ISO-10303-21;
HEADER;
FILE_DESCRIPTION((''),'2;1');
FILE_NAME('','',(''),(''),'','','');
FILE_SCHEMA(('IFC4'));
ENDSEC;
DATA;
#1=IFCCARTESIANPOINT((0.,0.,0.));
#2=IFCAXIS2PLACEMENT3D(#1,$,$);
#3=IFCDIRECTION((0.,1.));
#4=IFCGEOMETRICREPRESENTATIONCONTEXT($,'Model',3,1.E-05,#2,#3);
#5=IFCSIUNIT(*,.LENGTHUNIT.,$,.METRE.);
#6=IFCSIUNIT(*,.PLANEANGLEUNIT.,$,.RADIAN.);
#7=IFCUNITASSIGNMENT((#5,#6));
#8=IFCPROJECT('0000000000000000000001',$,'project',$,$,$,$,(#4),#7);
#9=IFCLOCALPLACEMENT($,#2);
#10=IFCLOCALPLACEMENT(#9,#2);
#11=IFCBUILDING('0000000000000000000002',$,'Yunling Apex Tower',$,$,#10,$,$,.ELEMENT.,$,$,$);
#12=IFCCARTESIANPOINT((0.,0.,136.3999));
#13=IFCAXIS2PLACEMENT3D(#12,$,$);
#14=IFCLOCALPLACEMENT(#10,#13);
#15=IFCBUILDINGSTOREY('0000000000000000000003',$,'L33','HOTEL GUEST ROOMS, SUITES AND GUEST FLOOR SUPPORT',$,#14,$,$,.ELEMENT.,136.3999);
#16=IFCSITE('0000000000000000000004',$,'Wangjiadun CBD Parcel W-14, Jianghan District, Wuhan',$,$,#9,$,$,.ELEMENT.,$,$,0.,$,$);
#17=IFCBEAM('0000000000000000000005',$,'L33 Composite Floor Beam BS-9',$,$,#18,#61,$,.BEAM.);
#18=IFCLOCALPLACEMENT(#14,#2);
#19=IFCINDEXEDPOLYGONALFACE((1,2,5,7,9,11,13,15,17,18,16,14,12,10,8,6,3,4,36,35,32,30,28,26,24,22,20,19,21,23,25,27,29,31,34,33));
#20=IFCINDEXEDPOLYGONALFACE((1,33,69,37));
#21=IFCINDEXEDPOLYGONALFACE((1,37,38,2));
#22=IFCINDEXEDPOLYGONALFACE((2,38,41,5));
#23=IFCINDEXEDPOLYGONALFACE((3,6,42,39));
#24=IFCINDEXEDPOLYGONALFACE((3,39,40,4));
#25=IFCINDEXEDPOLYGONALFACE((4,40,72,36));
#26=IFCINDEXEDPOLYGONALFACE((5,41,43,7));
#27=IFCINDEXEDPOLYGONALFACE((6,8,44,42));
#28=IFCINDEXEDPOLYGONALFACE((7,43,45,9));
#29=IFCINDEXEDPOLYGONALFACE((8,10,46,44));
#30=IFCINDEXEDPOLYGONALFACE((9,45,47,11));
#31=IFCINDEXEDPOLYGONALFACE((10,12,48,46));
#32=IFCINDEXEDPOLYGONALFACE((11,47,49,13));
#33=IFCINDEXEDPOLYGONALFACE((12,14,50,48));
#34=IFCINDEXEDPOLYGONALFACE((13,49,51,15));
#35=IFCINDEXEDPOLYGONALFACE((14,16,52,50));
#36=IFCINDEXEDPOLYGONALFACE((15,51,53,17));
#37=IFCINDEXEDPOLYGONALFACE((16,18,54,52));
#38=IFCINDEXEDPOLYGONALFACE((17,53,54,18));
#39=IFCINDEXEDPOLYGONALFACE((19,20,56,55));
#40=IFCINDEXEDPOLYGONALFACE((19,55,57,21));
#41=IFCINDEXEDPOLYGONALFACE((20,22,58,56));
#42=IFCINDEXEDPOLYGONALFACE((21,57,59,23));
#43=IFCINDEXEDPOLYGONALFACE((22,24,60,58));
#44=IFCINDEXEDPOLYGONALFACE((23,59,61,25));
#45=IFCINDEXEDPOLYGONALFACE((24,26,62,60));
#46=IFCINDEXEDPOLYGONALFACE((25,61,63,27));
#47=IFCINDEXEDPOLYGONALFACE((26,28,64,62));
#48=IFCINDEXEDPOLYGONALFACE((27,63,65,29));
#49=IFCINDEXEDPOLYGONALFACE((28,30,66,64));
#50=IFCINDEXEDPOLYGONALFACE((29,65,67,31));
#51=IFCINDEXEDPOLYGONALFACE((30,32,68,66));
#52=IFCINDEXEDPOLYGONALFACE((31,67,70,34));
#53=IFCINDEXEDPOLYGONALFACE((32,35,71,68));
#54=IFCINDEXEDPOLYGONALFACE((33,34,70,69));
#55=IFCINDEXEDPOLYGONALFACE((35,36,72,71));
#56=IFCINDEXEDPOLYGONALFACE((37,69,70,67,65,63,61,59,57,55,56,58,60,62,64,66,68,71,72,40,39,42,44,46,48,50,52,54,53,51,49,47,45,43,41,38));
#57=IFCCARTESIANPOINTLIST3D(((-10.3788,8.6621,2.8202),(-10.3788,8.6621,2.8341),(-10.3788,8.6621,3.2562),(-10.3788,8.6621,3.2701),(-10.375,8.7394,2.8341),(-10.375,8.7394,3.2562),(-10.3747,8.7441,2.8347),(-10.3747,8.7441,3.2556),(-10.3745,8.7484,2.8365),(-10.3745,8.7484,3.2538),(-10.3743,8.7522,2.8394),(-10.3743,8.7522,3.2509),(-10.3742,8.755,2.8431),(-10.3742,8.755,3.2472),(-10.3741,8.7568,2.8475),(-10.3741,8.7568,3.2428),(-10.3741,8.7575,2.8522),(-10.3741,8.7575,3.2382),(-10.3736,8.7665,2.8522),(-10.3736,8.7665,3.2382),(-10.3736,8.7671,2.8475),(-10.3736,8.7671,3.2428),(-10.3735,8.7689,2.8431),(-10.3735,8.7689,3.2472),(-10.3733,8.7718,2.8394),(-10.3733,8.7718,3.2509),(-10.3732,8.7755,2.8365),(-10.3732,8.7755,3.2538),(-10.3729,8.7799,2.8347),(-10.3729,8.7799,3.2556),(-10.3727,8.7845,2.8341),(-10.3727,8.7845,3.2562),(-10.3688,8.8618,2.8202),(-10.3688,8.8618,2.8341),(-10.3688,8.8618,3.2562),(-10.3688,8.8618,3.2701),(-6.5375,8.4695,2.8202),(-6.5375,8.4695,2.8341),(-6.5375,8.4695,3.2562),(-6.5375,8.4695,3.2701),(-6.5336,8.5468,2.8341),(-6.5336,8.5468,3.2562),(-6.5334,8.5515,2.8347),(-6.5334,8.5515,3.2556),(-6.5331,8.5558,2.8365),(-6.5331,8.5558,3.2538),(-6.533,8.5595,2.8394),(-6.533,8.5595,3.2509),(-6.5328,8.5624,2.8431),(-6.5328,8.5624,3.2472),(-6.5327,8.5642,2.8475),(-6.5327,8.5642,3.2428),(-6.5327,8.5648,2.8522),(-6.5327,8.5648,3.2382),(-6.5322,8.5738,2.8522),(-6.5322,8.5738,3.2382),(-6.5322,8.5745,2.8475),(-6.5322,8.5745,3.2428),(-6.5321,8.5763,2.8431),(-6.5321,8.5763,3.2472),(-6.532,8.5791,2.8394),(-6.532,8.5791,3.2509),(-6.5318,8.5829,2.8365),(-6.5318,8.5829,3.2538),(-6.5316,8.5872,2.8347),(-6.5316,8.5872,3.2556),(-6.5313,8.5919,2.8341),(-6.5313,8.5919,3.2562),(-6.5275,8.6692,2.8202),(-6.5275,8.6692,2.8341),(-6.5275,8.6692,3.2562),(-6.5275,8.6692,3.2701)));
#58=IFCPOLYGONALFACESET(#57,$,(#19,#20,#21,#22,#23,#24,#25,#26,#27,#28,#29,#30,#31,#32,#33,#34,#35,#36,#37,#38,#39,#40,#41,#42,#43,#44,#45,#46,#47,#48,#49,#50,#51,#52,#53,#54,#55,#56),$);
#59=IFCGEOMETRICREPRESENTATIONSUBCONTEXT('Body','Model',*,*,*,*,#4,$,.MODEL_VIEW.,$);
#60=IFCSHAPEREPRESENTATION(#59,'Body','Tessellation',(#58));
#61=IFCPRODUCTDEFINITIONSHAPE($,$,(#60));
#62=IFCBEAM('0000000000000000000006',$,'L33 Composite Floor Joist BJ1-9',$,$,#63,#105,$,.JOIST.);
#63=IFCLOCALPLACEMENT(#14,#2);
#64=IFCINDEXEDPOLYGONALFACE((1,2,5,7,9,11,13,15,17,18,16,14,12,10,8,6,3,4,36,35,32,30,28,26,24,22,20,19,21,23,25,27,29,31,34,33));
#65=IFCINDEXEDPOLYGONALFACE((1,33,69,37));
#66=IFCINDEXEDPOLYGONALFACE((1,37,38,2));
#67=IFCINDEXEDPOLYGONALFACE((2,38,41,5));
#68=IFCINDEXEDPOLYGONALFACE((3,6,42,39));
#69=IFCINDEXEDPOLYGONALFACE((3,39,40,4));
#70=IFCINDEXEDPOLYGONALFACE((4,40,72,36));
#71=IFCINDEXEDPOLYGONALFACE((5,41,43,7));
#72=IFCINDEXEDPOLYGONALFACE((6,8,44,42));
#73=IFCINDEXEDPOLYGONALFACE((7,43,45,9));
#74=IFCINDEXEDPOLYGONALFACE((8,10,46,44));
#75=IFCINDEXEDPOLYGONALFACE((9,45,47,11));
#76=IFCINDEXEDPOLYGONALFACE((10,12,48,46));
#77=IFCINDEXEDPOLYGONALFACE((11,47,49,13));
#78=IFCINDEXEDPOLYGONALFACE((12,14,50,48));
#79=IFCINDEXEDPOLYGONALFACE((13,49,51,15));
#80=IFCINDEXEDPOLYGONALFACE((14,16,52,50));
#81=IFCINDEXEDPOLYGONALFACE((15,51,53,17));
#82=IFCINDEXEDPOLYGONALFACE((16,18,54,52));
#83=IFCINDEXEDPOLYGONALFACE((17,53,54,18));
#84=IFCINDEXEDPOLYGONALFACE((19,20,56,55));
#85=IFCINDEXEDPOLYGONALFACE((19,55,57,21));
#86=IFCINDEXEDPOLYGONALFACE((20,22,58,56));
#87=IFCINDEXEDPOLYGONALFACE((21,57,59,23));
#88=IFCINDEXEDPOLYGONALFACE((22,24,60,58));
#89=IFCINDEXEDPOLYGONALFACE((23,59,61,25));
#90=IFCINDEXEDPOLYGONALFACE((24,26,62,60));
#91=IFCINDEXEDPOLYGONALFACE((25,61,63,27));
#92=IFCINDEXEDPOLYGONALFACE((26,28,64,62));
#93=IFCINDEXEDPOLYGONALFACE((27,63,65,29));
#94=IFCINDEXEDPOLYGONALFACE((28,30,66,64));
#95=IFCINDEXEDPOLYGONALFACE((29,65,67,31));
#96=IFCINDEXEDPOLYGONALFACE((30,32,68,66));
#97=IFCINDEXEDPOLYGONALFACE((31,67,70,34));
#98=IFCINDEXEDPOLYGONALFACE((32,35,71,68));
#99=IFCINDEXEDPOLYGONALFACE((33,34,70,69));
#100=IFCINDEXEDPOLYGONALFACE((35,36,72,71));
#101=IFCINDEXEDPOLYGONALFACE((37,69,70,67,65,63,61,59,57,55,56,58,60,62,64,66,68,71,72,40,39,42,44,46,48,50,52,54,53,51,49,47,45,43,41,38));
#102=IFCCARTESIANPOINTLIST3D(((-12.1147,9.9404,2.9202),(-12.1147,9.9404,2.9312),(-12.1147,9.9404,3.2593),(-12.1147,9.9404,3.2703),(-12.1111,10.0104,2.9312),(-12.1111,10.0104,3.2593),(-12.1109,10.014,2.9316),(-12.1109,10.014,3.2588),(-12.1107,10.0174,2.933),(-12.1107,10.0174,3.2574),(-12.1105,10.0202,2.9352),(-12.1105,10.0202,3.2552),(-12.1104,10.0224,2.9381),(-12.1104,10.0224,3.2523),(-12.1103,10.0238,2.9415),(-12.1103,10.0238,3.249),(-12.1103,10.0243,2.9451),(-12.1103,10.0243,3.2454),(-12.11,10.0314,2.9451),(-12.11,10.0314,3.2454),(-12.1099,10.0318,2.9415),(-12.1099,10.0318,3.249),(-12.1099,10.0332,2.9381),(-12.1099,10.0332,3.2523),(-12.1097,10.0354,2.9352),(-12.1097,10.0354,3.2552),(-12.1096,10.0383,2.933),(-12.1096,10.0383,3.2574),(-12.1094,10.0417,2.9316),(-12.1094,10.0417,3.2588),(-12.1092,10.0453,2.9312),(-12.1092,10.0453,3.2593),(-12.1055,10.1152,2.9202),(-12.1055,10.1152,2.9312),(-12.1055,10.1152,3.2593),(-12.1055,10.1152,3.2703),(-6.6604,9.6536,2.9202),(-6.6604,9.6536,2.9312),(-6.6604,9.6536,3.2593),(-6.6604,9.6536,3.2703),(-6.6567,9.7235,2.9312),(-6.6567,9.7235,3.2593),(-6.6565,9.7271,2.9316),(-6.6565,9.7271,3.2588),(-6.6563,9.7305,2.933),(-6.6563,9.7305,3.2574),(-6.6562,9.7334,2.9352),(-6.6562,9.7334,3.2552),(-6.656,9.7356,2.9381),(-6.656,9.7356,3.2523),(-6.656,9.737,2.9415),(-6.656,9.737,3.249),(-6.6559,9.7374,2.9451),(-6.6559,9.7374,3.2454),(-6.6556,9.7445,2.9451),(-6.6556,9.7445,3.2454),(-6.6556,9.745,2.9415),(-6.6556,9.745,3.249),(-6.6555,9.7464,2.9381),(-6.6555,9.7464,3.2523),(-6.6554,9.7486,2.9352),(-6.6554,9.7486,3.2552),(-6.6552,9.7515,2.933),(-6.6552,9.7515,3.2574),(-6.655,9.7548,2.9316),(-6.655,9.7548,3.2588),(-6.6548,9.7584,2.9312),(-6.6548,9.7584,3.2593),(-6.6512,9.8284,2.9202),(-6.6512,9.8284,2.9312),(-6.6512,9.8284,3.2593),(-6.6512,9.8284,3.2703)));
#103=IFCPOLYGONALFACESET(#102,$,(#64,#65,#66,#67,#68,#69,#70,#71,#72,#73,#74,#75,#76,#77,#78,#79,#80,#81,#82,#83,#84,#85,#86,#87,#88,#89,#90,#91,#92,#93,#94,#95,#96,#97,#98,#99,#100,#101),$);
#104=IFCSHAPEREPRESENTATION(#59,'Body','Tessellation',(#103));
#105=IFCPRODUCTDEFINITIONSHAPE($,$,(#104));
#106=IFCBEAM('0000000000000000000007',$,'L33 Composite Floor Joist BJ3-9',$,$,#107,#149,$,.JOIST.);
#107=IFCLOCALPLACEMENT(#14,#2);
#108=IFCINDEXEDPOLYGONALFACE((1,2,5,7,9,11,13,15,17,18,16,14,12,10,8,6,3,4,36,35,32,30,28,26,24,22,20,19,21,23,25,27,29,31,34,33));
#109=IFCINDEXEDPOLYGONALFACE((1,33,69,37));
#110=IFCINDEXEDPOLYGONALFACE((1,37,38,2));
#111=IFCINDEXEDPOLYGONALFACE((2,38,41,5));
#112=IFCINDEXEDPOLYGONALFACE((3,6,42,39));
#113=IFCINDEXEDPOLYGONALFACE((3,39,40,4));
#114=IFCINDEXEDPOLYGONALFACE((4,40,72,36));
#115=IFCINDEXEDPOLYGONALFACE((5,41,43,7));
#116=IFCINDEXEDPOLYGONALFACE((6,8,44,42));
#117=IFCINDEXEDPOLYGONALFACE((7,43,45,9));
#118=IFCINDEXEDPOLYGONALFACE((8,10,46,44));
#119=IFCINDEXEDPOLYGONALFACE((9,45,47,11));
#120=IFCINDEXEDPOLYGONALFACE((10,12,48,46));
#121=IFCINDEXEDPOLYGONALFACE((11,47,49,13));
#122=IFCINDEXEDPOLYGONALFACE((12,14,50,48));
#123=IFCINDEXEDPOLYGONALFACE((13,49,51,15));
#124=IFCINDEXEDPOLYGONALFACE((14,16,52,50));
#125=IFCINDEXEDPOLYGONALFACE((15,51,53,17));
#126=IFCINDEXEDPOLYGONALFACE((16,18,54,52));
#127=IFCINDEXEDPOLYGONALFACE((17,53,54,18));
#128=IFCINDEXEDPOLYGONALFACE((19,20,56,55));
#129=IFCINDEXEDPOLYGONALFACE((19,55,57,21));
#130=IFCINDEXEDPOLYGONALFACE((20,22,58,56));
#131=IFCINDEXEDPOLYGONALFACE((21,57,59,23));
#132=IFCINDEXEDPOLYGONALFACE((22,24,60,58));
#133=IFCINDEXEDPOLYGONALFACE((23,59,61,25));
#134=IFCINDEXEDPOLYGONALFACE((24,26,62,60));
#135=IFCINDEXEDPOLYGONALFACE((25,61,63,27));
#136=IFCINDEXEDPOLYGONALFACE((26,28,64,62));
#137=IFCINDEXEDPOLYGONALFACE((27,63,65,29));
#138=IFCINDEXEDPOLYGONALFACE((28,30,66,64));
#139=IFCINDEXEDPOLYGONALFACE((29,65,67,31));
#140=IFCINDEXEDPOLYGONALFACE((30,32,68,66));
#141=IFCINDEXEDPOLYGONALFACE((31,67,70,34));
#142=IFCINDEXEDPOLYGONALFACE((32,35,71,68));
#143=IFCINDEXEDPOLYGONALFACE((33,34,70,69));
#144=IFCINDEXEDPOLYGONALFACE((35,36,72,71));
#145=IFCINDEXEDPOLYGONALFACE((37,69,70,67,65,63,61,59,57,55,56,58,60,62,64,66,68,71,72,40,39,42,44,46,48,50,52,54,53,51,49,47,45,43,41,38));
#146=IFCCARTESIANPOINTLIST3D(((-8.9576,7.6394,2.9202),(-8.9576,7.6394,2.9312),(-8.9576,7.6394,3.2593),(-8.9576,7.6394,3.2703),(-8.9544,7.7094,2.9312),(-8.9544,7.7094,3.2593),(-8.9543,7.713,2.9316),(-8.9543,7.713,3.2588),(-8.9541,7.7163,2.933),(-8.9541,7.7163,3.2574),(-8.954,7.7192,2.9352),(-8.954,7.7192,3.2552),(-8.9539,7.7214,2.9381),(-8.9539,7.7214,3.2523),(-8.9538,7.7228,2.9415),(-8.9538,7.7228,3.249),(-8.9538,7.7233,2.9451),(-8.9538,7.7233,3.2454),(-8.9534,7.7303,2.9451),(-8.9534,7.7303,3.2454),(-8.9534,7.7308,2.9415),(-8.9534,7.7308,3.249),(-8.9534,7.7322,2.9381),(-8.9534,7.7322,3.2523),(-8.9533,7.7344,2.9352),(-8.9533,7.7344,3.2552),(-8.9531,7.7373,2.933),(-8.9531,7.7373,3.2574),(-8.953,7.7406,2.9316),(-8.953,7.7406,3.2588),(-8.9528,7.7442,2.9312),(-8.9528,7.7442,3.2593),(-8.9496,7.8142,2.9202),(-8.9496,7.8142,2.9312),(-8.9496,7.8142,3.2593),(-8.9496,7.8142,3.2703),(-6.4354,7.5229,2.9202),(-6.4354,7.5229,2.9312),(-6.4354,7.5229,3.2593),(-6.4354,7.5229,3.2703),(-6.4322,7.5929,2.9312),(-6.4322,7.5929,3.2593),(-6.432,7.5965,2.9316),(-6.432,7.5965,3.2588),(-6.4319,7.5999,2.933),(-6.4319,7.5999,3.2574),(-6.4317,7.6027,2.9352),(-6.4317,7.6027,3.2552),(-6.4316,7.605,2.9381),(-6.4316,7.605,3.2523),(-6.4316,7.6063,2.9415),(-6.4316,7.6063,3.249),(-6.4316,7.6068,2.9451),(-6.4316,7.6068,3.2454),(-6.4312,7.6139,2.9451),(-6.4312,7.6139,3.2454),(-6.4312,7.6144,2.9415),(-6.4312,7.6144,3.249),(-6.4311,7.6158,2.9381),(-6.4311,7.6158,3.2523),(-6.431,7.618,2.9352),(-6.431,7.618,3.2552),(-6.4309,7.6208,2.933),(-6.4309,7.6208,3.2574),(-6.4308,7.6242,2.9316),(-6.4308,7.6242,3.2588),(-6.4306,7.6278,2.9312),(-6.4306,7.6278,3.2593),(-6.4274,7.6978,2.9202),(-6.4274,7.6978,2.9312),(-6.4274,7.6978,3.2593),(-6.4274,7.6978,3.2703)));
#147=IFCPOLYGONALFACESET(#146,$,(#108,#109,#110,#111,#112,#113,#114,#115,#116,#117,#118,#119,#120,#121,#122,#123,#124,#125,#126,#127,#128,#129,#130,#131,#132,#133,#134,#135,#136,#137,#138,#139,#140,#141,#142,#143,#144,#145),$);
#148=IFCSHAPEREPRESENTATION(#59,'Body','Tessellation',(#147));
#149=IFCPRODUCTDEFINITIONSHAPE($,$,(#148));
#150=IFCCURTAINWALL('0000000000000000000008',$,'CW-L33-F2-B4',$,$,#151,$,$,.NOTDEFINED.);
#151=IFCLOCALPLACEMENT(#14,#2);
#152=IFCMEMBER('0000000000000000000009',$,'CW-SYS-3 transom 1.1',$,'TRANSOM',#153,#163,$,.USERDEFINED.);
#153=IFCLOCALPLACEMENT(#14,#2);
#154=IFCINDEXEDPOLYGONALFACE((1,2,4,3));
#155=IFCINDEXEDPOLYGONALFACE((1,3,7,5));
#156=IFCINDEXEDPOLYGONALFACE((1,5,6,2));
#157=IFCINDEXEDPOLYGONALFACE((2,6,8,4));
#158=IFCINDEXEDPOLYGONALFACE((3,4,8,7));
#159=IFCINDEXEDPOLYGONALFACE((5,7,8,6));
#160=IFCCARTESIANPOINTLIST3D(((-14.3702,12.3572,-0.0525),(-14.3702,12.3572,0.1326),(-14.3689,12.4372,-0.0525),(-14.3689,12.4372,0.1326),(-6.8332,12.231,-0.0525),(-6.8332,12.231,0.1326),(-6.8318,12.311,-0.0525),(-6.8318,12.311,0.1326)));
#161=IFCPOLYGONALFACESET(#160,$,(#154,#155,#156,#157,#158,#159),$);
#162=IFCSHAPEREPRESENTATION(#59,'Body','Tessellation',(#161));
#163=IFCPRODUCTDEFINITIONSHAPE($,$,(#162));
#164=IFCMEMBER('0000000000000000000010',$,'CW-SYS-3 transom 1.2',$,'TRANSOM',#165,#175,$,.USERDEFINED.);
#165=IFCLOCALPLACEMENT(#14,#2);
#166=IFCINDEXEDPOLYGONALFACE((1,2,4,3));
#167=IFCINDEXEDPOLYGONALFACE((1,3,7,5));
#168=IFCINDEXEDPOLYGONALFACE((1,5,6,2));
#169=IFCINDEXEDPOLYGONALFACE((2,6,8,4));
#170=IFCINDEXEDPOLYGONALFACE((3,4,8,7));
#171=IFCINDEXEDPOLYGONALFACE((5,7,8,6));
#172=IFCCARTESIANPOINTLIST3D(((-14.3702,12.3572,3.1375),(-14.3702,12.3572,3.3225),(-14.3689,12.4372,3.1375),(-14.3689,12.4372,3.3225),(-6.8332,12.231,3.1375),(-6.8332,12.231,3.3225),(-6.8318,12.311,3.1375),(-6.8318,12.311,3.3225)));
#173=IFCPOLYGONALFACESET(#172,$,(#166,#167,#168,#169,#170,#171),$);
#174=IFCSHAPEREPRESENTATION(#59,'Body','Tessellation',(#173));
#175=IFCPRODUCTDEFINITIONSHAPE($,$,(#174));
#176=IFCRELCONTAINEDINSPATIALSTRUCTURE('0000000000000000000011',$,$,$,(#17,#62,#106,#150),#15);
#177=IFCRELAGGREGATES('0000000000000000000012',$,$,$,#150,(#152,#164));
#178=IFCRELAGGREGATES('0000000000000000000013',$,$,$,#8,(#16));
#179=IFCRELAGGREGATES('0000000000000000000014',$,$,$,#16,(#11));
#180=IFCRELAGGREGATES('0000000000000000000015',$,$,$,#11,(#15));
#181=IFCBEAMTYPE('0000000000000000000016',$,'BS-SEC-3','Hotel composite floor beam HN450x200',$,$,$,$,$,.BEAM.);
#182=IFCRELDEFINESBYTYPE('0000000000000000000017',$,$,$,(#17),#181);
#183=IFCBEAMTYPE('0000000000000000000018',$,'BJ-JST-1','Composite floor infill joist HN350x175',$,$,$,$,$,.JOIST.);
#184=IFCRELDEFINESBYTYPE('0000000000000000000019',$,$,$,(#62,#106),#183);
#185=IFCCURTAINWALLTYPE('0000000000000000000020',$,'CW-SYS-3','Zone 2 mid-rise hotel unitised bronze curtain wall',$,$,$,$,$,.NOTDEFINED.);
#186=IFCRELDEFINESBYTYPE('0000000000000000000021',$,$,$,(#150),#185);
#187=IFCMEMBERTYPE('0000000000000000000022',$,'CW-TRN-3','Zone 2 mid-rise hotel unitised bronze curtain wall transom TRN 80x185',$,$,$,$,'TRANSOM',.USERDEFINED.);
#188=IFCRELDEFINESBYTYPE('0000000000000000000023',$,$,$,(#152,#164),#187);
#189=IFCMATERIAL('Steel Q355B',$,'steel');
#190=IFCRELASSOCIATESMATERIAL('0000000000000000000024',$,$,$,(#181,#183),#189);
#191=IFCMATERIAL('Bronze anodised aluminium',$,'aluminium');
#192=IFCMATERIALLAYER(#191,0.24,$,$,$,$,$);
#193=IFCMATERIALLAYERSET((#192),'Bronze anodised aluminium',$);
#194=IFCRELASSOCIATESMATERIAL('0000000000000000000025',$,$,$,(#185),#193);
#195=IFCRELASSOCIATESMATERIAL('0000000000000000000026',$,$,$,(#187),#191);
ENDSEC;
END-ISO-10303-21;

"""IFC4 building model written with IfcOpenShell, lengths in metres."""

from ifc_helpers import new_model, si_unit, direction, frame, origin, origin_2d, place, context, subcontext, project, spatial, rectangle, i_section, extrude, source, transform, mapped, material, layer, layer_set, material_profile, profile_set, type_object, element, aggregate, save


model = new_model("IFC4")

# Units and contexts
model_context = context("Model", 3, precision=1e-05, world=origin(), true_north=direction((0.0, 1.0)))
body_context = subcontext(model_context, "Body", "Model", "MODEL_VIEW")
ifc_project = project(units=[si_unit("LENGTHUNIT", "METRE"), si_unit("PLANEANGLEUNIT", "RADIAN")], contexts=[model_context])

# Site, building, storey
site_placement = place(None, origin())
site = spatial("IfcSite", under=ifc_project, at=site_placement, Name="Wangjiadun CBD Parcel W-14, Jianghan District, Wuhan", CompositionType="ELEMENT", RefElevation=0.0)
building_placement = place(site_placement, origin())
building = spatial("IfcBuilding", under=site, at=building_placement, Name="Yunling Apex Tower", CompositionType="ELEMENT")
storey_placement = place(building_placement, frame((0.0, 0.0, 136.3999)))
storey = spatial("IfcBuildingStorey", under=building, at=storey_placement, Name="L33", Description="HOTEL GUEST ROOMS, SUITES AND GUEST FLOOR SUPPORT", CompositionType="ELEMENT", Elevation=136.3999)

# Beams
ifc_material_1 = material(Name="Steel Q355B", Category="steel")
ifc_material_profile_1 = material_profile(ifc_material_1, i_section(OverallWidth=0.2, OverallDepth=0.45, WebThickness=0.009, FlangeThickness=0.0139, FilletRadius=0.0181, at=origin_2d()))
ifc_profile_set_1 = profile_set([ifc_material_profile_1], Name="Steel Q355B")
beam_type_1 = type_object("IfcBeamType", Name="BS-SEC-3", Description="Hotel composite floor beam HN450x200", PredefinedType="BEAM", material=ifc_profile_set_1)
shared_shape_1 = source(origin(), body_context, "Body", "SweptSolid", [
    extrude(i_section(OverallWidth=0.2, OverallDepth=0.45, WebThickness=0.009, FlangeThickness=0.0139, FilletRadius=0.0181, at=origin_2d()), origin(), (0.0, 0.0, 1.0), 3.8462),
])
beam_1_placement = place(storey_placement, frame((-6.5325, 8.5693, 3.0452), z_axis=(-0.998745, 0.050083, 0.0), x_axis=(-0.050083, -0.998745, 0.0)))
element("IfcBeam", 1, at=beam_1_placement, inside=storey, type_object=beam_type_1, Name="L33 Composite Floor Beam BS-9", PredefinedType="BEAM", context=body_context, shape_type="MappedRepresentation", body=[
    mapped(shared_shape_1, transform((0.0, 0.0, 0.0), scale=1.0)),
])
ifc_material_profile_2 = material_profile(ifc_material_1, i_section(OverallWidth=0.175, OverallDepth=0.3501, WebThickness=0.0071, FlangeThickness=0.011, FilletRadius=0.0139, at=origin_2d()))
ifc_profile_set_2 = profile_set([ifc_material_profile_2], Name="Steel Q355B")
beam_type_2 = type_object("IfcBeamType", Name="BJ-JST-1", Description="Composite floor infill joist HN350x175", PredefinedType="JOIST", material=ifc_profile_set_2)
shared_shape_2 = source(origin(), body_context, "Body", "SweptSolid", [
    extrude(i_section(OverallWidth=0.175, OverallDepth=0.3501, WebThickness=0.0071, FlangeThickness=0.011, FilletRadius=0.0139, at=origin_2d()), origin(), (0.0, 0.0, 1.0), 5.4619),
])
beam_2_placement = place(storey_placement, frame((-6.6558, 9.741, 3.0952), z_axis=(-0.99862, 0.052521, 0.0), x_axis=(-0.052521, -0.99862, 0.0)))
element("IfcBeam", 2, at=beam_2_placement, inside=storey, type_object=beam_type_2, Name="L33 Composite Floor Joist BJ1-9", PredefinedType="JOIST", context=body_context, shape_type="MappedRepresentation", body=[
    mapped(shared_shape_2, transform((0.0, 0.0, 0.0), scale=1.0)),
])
shared_shape_3 = source(origin(), body_context, "Body", "SweptSolid", [
    extrude(i_section(OverallWidth=0.175, OverallDepth=0.3501, WebThickness=0.0071, FlangeThickness=0.011, FilletRadius=0.0139, at=origin_2d()), origin(), (0.0, 0.0, 1.0), 2.5249),
])
beam_3_placement = place(storey_placement, frame((-6.4314, 7.6104, 3.0952), z_axis=(-0.998936, 0.046123, 0.0), x_axis=(-0.046123, -0.998936, 0.0)))
element("IfcBeam", 3, at=beam_3_placement, inside=storey, type_object=beam_type_2, Name="L33 Composite Floor Joist BJ3-9", PredefinedType="JOIST", context=body_context, shape_type="MappedRepresentation", body=[
    mapped(shared_shape_3, transform((0.0, 0.0, 0.0), scale=1.0)),
])

# Curtain wall, members
ifc_material_2 = material(Name="Bronze anodised aluminium", Category="aluminium")
ifc_layer_1 = layer(ifc_material_2, 0.24)
ifc_layer_set_1 = layer_set([ifc_layer_1], Name="Bronze anodised aluminium")
curtain_wall_type = type_object("IfcCurtainWallType", Name="CW-SYS-3", Description="Zone 2 mid-rise hotel unitised bronze curtain wall", PredefinedType="NOTDEFINED", material=ifc_layer_set_1)
curtain_wall_1_placement = place(storey_placement, origin())
curtain_wall_1 = element("IfcCurtainWall", 4, at=curtain_wall_1_placement, inside=storey, type_object=curtain_wall_type, Name="CW-L33-F2-B4", PredefinedType="NOTDEFINED")
ifc_material_profile_3 = material_profile(ifc_material_2, rectangle(XDim=0.0801, YDim=0.1851, at=origin_2d()))
ifc_profile_set_3 = profile_set([ifc_material_profile_3], Name="Bronze anodised aluminium")
member_type_1 = type_object("IfcMemberType", Name="CW-TRN-3", Description="Zone 2 mid-rise hotel unitised bronze curtain wall transom TRN 80x185", ElementType="TRANSOM", PredefinedType="USERDEFINED", material=ifc_profile_set_3)
shared_shape_4 = source(origin(), body_context, "Body", "SweptSolid", [
    extrude(rectangle(XDim=0.0801, YDim=0.1851, at=origin_2d()), origin(), (0.0, 0.0, 1.0), 7.5381),
])
member_1_placement = place(storey_placement, frame((-6.8325, 12.271, 0.04), z_axis=(-0.99986, 0.016744, 0.0), x_axis=(-0.016744, -0.99986, 0.0)))
member_1 = element("IfcMember", 5, at=member_1_placement, type_object=member_type_1, Name="CW-SYS-3 transom 1.1", ObjectType="TRANSOM", PredefinedType="USERDEFINED", context=body_context, shape_type="MappedRepresentation", body=[
    mapped(shared_shape_4, transform((0.0, 0.0, 0.0), scale=1.0)),
])
member_2_placement = place(storey_placement, frame((-6.8325, 12.271, 3.23), z_axis=(-0.99986, 0.016744, 0.0), x_axis=(-0.016744, -0.99986, 0.0)))
member_2 = element("IfcMember", 6, at=member_2_placement, type_object=member_type_1, Name="CW-SYS-3 transom 1.2", ObjectType="TRANSOM", PredefinedType="USERDEFINED", context=body_context, shape_type="MappedRepresentation", body=[
    mapped(shared_shape_4, transform((0.0, 0.0, 0.0), scale=1.0)),
])

aggregate(curtain_wall_1, [member_1, member_2])

save(model, "model.ifc")
